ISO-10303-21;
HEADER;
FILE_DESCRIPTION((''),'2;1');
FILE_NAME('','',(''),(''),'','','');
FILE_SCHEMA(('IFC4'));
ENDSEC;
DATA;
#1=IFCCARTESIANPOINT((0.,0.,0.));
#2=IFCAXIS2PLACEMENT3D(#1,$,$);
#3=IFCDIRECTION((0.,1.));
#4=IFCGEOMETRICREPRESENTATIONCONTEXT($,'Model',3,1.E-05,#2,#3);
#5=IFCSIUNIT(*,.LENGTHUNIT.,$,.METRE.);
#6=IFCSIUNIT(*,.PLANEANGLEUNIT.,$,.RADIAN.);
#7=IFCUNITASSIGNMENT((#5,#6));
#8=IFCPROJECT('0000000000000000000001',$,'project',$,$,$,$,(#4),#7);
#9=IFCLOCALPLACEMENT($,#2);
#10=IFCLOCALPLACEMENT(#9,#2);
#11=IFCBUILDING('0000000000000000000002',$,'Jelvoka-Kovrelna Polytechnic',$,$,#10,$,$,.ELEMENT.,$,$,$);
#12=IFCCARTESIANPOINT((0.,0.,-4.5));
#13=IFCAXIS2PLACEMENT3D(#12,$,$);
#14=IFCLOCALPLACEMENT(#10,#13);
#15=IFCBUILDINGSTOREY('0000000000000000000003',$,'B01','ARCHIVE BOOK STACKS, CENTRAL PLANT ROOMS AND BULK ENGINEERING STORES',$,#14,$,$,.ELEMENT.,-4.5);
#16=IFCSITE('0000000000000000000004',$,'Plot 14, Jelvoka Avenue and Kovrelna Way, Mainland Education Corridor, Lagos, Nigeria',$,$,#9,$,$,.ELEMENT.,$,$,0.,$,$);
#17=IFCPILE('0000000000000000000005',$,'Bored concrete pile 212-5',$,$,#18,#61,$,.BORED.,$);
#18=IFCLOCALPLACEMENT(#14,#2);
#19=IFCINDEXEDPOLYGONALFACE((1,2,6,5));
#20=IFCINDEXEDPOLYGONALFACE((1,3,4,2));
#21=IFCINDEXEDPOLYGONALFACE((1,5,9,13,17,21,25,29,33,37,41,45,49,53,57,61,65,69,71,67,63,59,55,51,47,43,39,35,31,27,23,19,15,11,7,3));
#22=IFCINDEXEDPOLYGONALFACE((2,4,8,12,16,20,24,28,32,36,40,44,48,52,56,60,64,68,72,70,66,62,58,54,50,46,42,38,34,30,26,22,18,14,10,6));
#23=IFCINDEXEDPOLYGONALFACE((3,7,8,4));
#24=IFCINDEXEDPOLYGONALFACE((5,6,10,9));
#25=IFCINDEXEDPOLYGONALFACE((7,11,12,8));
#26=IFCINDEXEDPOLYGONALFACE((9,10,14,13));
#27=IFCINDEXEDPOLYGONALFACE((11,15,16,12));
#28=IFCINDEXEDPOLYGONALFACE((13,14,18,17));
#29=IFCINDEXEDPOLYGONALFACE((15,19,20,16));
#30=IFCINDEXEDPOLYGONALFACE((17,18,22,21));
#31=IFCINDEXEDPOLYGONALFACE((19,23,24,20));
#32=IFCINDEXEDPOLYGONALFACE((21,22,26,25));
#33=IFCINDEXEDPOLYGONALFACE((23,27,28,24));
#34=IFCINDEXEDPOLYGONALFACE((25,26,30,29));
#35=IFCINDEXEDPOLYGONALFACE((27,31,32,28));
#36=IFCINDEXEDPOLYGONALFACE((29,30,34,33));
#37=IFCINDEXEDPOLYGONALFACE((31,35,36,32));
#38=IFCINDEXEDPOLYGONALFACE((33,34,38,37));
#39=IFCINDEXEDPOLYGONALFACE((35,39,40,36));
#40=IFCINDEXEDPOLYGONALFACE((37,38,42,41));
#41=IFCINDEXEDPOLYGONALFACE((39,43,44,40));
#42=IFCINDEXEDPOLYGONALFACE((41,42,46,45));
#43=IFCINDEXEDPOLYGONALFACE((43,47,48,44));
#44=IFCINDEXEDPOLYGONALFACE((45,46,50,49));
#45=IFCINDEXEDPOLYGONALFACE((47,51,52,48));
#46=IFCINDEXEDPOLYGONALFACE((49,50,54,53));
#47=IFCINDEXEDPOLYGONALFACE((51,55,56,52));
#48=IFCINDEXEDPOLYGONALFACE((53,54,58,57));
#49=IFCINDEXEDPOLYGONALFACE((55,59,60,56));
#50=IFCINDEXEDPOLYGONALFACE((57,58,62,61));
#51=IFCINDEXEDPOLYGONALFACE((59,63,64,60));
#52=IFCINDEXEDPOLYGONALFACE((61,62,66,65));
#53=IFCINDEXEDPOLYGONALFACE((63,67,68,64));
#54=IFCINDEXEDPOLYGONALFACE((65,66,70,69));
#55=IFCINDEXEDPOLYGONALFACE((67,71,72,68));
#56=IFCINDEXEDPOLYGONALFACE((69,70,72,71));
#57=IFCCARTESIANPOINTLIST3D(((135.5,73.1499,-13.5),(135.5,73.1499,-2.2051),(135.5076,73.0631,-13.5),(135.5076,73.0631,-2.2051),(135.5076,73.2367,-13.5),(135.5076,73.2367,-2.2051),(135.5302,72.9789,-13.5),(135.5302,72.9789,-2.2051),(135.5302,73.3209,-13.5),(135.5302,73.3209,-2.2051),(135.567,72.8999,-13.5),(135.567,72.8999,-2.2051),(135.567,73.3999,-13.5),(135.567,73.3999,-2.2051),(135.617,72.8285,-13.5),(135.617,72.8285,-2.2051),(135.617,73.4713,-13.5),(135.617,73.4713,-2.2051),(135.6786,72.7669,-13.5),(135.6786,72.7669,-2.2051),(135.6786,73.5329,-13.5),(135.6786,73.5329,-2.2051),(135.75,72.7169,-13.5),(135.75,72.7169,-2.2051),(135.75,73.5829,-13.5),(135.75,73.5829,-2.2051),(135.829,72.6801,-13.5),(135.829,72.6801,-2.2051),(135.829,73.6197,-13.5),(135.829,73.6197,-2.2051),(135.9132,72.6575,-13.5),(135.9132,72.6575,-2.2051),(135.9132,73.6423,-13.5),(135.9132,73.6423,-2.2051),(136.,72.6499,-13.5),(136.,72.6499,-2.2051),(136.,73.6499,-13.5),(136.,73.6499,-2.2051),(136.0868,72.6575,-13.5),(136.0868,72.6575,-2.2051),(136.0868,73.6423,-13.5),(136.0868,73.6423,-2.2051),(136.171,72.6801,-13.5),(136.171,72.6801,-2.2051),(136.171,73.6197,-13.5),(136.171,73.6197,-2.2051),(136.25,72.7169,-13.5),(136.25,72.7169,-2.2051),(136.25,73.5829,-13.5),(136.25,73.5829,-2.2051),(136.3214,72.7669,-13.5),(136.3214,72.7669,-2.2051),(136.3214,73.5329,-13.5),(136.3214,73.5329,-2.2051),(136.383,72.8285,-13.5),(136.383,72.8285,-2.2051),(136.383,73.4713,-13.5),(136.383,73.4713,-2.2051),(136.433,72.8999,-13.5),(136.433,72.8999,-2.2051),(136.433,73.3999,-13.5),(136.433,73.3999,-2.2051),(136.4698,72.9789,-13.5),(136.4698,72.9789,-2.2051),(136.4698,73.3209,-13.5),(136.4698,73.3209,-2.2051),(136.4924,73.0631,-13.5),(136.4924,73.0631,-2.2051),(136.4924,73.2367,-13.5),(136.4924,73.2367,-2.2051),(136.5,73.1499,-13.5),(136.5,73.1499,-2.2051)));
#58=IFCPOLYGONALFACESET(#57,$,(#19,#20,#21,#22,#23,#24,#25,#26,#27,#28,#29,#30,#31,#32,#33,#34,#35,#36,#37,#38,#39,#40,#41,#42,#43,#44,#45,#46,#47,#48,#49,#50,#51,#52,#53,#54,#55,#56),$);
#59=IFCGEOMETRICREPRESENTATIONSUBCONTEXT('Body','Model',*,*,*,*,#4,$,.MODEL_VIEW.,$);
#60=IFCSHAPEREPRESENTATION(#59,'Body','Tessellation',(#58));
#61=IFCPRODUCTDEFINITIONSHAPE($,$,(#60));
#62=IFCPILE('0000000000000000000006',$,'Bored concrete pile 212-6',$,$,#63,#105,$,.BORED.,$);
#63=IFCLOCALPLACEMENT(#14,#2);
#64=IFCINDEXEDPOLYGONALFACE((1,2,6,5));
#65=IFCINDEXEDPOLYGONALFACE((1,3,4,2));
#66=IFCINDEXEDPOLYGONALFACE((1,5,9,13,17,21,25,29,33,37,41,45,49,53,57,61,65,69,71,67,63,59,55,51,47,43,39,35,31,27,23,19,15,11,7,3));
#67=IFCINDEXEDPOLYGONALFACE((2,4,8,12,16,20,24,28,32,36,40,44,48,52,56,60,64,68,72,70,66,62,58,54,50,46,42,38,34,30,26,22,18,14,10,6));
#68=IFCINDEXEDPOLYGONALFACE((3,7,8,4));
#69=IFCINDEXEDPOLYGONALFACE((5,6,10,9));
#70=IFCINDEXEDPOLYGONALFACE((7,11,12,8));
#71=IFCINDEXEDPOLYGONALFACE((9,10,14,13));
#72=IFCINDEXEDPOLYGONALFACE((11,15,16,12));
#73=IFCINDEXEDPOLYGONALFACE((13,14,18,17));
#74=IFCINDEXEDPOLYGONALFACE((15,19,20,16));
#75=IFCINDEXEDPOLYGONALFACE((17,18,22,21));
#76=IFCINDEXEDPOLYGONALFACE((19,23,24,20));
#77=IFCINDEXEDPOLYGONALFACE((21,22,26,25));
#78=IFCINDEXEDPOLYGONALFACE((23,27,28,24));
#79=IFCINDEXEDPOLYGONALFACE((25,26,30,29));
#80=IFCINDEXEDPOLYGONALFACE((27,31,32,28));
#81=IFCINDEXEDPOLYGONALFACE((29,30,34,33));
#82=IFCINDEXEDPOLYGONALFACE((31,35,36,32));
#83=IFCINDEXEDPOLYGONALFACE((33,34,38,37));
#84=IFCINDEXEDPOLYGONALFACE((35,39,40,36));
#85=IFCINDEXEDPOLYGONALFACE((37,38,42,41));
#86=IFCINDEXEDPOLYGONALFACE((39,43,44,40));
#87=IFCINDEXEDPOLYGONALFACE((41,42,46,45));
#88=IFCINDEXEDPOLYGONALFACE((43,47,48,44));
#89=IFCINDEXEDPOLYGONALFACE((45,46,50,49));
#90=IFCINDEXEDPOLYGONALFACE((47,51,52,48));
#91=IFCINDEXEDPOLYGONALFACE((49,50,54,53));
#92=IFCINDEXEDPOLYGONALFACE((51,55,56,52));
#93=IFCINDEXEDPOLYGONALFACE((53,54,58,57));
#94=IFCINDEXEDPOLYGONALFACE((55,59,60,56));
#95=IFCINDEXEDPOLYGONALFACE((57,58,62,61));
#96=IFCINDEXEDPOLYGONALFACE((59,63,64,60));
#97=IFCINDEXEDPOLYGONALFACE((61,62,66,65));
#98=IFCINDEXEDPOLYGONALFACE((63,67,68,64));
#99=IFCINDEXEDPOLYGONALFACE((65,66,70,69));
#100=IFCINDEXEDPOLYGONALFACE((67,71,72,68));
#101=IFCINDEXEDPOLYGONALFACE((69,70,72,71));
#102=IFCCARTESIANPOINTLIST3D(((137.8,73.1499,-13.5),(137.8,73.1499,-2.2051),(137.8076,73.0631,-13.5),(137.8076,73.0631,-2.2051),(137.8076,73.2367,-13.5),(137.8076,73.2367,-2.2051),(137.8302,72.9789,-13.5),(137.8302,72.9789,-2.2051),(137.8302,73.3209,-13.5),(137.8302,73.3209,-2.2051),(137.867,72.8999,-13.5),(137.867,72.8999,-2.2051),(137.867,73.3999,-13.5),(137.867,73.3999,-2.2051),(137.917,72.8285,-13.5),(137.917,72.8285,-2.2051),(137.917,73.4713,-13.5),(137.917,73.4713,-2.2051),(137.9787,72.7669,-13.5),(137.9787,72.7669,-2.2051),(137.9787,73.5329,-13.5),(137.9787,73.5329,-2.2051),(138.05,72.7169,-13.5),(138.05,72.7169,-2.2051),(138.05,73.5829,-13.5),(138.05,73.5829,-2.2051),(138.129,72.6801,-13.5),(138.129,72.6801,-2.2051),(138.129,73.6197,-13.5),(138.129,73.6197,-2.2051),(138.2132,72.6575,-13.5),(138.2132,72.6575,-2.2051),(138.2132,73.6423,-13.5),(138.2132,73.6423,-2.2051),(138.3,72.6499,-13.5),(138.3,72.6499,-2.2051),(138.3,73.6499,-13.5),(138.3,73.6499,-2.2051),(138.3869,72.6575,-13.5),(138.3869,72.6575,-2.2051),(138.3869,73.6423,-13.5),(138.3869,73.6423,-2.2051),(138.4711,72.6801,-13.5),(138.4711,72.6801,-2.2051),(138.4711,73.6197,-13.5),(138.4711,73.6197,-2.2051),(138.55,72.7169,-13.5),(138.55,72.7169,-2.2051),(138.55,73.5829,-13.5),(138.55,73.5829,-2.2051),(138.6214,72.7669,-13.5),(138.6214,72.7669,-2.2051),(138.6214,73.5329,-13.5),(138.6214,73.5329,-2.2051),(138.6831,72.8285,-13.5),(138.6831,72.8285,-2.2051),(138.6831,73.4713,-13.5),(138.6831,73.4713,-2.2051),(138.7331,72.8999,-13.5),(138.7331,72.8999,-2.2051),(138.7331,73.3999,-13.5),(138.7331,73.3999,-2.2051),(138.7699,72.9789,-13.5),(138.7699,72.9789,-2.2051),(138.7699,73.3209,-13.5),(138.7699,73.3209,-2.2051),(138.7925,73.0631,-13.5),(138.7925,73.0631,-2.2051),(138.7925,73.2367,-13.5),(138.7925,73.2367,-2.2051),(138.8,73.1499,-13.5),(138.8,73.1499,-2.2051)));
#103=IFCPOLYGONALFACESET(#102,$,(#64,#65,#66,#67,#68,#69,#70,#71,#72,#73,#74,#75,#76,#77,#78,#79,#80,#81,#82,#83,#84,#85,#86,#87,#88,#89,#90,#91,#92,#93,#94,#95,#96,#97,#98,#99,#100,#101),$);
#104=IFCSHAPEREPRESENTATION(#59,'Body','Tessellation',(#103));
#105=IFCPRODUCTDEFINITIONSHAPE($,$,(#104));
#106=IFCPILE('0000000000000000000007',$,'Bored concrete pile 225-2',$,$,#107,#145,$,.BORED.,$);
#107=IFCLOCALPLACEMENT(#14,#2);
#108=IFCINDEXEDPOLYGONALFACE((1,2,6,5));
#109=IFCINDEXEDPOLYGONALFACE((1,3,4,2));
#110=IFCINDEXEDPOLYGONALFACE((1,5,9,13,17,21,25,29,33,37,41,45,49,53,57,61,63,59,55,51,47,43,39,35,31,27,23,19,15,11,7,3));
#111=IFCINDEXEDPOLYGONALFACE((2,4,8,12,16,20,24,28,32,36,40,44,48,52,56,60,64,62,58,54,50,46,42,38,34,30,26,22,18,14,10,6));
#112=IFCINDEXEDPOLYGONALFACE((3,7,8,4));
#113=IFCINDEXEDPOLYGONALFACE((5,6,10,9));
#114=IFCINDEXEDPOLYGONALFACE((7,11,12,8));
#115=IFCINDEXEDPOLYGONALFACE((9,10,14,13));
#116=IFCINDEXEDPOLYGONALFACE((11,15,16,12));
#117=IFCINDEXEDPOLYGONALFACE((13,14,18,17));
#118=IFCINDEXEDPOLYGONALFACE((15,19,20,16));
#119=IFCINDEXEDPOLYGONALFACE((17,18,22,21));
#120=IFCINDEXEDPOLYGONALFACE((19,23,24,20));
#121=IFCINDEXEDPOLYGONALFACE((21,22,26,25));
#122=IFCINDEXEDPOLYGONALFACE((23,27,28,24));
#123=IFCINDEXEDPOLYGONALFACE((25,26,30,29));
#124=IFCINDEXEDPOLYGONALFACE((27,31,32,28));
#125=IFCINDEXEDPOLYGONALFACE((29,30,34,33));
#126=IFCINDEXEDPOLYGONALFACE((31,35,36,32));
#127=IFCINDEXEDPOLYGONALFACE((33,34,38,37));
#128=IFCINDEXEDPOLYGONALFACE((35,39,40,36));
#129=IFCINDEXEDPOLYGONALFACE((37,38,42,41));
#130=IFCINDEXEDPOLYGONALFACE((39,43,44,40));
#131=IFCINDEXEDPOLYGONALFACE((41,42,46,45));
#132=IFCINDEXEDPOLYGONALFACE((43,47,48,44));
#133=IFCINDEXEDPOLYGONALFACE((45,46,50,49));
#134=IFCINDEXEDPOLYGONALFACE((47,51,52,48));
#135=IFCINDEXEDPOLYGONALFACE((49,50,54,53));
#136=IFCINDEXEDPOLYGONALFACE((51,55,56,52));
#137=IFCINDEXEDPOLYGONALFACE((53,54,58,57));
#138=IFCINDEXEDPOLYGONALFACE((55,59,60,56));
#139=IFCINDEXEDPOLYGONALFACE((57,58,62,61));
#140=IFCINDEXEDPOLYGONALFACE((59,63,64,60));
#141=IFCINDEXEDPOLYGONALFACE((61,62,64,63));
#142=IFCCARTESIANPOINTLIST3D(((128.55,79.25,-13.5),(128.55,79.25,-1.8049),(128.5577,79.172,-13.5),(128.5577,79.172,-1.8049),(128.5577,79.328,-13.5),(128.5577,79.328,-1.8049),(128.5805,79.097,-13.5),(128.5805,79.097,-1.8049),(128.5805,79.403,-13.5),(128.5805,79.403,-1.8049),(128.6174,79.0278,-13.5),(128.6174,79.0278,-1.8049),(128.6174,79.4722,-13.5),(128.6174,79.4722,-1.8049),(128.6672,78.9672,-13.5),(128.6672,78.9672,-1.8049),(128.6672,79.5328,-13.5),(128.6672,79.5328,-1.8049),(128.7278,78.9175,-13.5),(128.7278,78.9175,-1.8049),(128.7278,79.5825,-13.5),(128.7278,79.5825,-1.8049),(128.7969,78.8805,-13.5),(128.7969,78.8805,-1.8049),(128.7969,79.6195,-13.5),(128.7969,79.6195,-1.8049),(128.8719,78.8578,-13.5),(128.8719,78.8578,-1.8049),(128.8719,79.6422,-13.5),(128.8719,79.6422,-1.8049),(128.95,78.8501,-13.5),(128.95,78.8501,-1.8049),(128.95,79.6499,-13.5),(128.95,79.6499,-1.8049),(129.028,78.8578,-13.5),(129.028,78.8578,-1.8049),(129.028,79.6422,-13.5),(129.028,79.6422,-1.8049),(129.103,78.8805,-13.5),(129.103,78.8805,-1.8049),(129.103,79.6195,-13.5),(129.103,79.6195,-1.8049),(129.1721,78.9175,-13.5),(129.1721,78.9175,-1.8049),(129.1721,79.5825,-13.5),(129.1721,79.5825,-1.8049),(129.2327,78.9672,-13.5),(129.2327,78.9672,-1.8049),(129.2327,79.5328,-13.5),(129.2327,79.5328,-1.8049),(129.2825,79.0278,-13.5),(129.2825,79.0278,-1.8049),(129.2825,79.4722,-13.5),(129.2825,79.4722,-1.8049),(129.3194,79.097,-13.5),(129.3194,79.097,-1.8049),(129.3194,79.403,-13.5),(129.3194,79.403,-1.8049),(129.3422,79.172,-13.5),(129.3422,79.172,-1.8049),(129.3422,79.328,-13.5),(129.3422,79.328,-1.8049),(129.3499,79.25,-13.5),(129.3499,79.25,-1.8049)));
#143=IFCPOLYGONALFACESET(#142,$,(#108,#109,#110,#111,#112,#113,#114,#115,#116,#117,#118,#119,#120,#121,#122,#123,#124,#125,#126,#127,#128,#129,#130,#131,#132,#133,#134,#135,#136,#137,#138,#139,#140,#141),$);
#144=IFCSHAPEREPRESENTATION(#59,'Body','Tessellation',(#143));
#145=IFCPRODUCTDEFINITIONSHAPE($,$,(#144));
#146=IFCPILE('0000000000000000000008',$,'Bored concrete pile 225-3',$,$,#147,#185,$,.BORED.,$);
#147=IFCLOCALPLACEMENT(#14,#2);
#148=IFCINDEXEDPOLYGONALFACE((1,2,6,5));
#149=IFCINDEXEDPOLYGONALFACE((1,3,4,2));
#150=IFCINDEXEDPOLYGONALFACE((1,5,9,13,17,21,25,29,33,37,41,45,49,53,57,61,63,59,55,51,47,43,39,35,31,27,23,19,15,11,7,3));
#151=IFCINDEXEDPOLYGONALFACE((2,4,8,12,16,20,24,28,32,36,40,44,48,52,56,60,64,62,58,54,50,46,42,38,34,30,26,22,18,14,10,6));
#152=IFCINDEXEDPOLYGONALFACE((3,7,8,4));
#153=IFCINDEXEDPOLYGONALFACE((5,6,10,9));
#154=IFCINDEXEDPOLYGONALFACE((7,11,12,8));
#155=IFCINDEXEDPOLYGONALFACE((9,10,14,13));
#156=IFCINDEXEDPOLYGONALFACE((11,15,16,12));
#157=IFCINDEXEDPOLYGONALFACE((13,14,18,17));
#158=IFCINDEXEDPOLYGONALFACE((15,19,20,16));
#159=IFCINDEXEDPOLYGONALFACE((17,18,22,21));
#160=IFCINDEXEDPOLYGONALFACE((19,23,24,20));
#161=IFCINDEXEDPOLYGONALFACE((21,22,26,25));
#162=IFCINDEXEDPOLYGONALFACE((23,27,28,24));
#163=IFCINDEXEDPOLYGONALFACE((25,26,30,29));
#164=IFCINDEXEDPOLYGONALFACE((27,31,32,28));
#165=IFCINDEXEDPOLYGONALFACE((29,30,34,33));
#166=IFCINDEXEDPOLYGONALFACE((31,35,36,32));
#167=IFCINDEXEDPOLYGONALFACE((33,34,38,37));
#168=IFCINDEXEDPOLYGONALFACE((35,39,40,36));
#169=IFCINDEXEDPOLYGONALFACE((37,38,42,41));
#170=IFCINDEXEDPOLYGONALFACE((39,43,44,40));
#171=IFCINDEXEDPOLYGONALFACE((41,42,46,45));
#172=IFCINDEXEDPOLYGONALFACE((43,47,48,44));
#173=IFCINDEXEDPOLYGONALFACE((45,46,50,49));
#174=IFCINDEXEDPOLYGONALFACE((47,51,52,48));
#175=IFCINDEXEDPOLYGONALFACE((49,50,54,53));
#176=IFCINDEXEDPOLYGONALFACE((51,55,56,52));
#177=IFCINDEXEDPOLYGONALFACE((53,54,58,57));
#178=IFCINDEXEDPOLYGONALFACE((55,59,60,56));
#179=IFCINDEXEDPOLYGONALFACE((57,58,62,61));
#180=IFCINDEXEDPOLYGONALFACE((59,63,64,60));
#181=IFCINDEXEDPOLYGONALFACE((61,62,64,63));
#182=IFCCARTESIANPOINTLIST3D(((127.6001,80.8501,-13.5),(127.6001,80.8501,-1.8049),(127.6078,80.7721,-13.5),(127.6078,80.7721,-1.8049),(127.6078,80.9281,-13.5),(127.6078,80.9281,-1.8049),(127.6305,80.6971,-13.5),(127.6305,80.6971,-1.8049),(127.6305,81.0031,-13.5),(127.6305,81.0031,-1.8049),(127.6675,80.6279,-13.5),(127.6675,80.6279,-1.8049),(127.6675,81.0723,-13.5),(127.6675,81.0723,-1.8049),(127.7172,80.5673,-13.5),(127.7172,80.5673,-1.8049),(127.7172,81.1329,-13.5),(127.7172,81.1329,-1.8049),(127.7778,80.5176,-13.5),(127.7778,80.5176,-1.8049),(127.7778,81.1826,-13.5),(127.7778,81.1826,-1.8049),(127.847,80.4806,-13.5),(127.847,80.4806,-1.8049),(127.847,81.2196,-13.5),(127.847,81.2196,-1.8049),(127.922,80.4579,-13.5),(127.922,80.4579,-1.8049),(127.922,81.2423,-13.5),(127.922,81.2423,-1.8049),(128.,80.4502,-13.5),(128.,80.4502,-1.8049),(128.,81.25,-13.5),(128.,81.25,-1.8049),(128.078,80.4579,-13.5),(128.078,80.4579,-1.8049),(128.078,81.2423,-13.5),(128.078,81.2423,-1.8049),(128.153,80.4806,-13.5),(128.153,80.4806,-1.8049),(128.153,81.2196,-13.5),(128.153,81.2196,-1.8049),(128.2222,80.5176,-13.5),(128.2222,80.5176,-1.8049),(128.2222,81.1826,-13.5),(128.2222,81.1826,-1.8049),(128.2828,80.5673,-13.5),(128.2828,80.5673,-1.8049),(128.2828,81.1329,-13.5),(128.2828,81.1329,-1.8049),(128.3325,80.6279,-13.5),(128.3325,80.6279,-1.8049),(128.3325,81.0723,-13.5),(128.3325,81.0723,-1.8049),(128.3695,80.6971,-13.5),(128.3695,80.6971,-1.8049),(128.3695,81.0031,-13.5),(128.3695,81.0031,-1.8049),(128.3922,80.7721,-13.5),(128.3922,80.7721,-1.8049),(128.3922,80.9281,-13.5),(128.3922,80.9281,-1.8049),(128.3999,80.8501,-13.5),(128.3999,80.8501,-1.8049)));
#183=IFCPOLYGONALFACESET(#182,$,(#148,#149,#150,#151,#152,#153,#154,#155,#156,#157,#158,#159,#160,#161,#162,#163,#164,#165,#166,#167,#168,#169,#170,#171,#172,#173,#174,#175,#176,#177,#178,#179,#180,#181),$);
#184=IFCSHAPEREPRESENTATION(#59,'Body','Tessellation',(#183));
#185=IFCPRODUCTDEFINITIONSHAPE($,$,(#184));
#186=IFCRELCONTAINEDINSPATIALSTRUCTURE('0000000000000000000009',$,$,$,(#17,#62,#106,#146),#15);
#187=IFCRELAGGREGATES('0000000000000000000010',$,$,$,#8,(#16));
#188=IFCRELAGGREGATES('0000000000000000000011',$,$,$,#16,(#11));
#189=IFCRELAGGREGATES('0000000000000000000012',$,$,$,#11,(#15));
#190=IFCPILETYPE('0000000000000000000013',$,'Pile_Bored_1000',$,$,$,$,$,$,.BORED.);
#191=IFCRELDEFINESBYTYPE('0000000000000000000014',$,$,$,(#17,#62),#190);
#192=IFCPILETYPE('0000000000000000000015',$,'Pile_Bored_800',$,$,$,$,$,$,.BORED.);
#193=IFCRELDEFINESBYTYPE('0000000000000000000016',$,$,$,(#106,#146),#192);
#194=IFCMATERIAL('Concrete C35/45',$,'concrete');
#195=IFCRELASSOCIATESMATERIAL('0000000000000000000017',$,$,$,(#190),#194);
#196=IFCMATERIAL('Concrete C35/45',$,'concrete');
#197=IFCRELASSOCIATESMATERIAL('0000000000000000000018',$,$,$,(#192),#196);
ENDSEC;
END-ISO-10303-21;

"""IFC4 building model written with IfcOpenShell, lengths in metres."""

from ifc_helpers import new_model, si_unit, direction, frame, origin, origin_2d, place, context, subcontext, project, spatial, circle, extrude, material, material_profile, profile_set, type_object, element, save


model = new_model("IFC4")

# Units and contexts
model_context = context("Model", 3, precision=1e-05, world=origin(), true_north=direction((0.0, 1.0)))
body_context = subcontext(model_context, "Body", "Model", "MODEL_VIEW")
ifc_project = project(units=[si_unit("LENGTHUNIT", "METRE"), si_unit("PLANEANGLEUNIT", "RADIAN")], contexts=[model_context])

# Site, building, storey
site_placement = place(None, origin())
site = spatial("IfcSite", under=ifc_project, at=site_placement, Name="Plot 14, Jelvoka Avenue and Kovrelna Way, Mainland Education Corridor, Lagos, Nigeria", CompositionType="ELEMENT", RefElevation=0.0)
building_placement = place(site_placement, origin())
building = spatial("IfcBuilding", under=site, at=building_placement, Name="Jelvoka-Kovrelna Polytechnic", CompositionType="ELEMENT")
storey_placement = place(building_placement, frame((0.0, 0.0, -4.5)))
storey = spatial("IfcBuildingStorey", under=building, at=storey_placement, Name="B01", Description="ARCHIVE BOOK STACKS, CENTRAL PLANT ROOMS AND BULK ENGINEERING STORES", CompositionType="ELEMENT", Elevation=-4.5)

# Piles
ifc_material_1 = material(Name="Concrete C35/45", Category="concrete")
ifc_material_profile_1 = material_profile(ifc_material_1, circle(Radius=0.5, at=origin_2d()), Name="PILE D1000")
ifc_profile_set_1 = profile_set([ifc_material_profile_1], Name="Concrete C35/45")
pile_type_1 = type_object("IfcPileType", Name="Pile_Bored_1000", PredefinedType="BORED", material=ifc_profile_set_1)
for number, where, z_axis, x_axis, name in (
    (1, (136.0, 73.1499, -2.2051), (0.0, 0.0, -1.0), (1.0, 0.0, 0.0), "Bored concrete pile 212-5"),
    (2, (138.3, 73.1499, -2.2051), (0.0, 0.0, -1.0), (1.0, 0.0, 0.0), "Bored concrete pile 212-6"),
):
    element("IfcPile", number, at=place(storey_placement, frame(where, z_axis=z_axis, x_axis=x_axis)), inside=storey, type_object=pile_type_1, Name=name, PredefinedType="BORED", context=body_context, shape_type="SweptSolid", body=[
        extrude(circle(Radius=0.5, at=origin_2d()), origin(), (0.0, 0.0, 1.0), 11.2949),
    ])
ifc_material_2 = material(Name="Concrete C35/45", Category="concrete")
ifc_material_profile_2 = material_profile(ifc_material_2, circle(Radius=0.3999, at=origin_2d()), Name="PILE D800")
ifc_profile_set_2 = profile_set([ifc_material_profile_2], Name="Concrete C35/45")
pile_type_2 = type_object("IfcPileType", Name="Pile_Bored_800", PredefinedType="BORED", material=ifc_profile_set_2)
for number, where, z_axis, x_axis, name in (
    (3, (128.95, 79.25, -1.8049), (0.0, 0.0, -1.0), (1.0, 0.0, 0.0), "Bored concrete pile 225-2"),
    (4, (128.0, 80.8501, -1.8049), (0.0, 0.0, -1.0), (1.0, 0.0, 0.0), "Bored concrete pile 225-3"),
):
    element("IfcPile", number, at=place(storey_placement, frame(where, z_axis=z_axis, x_axis=x_axis)), inside=storey, type_object=pile_type_2, Name=name, PredefinedType="BORED", context=body_context, shape_type="SweptSolid", body=[
        extrude(circle(Radius=0.3999, at=origin_2d()), origin(), (0.0, 0.0, 1.0), 11.6951),
    ])

save(model, "model.ifc")
